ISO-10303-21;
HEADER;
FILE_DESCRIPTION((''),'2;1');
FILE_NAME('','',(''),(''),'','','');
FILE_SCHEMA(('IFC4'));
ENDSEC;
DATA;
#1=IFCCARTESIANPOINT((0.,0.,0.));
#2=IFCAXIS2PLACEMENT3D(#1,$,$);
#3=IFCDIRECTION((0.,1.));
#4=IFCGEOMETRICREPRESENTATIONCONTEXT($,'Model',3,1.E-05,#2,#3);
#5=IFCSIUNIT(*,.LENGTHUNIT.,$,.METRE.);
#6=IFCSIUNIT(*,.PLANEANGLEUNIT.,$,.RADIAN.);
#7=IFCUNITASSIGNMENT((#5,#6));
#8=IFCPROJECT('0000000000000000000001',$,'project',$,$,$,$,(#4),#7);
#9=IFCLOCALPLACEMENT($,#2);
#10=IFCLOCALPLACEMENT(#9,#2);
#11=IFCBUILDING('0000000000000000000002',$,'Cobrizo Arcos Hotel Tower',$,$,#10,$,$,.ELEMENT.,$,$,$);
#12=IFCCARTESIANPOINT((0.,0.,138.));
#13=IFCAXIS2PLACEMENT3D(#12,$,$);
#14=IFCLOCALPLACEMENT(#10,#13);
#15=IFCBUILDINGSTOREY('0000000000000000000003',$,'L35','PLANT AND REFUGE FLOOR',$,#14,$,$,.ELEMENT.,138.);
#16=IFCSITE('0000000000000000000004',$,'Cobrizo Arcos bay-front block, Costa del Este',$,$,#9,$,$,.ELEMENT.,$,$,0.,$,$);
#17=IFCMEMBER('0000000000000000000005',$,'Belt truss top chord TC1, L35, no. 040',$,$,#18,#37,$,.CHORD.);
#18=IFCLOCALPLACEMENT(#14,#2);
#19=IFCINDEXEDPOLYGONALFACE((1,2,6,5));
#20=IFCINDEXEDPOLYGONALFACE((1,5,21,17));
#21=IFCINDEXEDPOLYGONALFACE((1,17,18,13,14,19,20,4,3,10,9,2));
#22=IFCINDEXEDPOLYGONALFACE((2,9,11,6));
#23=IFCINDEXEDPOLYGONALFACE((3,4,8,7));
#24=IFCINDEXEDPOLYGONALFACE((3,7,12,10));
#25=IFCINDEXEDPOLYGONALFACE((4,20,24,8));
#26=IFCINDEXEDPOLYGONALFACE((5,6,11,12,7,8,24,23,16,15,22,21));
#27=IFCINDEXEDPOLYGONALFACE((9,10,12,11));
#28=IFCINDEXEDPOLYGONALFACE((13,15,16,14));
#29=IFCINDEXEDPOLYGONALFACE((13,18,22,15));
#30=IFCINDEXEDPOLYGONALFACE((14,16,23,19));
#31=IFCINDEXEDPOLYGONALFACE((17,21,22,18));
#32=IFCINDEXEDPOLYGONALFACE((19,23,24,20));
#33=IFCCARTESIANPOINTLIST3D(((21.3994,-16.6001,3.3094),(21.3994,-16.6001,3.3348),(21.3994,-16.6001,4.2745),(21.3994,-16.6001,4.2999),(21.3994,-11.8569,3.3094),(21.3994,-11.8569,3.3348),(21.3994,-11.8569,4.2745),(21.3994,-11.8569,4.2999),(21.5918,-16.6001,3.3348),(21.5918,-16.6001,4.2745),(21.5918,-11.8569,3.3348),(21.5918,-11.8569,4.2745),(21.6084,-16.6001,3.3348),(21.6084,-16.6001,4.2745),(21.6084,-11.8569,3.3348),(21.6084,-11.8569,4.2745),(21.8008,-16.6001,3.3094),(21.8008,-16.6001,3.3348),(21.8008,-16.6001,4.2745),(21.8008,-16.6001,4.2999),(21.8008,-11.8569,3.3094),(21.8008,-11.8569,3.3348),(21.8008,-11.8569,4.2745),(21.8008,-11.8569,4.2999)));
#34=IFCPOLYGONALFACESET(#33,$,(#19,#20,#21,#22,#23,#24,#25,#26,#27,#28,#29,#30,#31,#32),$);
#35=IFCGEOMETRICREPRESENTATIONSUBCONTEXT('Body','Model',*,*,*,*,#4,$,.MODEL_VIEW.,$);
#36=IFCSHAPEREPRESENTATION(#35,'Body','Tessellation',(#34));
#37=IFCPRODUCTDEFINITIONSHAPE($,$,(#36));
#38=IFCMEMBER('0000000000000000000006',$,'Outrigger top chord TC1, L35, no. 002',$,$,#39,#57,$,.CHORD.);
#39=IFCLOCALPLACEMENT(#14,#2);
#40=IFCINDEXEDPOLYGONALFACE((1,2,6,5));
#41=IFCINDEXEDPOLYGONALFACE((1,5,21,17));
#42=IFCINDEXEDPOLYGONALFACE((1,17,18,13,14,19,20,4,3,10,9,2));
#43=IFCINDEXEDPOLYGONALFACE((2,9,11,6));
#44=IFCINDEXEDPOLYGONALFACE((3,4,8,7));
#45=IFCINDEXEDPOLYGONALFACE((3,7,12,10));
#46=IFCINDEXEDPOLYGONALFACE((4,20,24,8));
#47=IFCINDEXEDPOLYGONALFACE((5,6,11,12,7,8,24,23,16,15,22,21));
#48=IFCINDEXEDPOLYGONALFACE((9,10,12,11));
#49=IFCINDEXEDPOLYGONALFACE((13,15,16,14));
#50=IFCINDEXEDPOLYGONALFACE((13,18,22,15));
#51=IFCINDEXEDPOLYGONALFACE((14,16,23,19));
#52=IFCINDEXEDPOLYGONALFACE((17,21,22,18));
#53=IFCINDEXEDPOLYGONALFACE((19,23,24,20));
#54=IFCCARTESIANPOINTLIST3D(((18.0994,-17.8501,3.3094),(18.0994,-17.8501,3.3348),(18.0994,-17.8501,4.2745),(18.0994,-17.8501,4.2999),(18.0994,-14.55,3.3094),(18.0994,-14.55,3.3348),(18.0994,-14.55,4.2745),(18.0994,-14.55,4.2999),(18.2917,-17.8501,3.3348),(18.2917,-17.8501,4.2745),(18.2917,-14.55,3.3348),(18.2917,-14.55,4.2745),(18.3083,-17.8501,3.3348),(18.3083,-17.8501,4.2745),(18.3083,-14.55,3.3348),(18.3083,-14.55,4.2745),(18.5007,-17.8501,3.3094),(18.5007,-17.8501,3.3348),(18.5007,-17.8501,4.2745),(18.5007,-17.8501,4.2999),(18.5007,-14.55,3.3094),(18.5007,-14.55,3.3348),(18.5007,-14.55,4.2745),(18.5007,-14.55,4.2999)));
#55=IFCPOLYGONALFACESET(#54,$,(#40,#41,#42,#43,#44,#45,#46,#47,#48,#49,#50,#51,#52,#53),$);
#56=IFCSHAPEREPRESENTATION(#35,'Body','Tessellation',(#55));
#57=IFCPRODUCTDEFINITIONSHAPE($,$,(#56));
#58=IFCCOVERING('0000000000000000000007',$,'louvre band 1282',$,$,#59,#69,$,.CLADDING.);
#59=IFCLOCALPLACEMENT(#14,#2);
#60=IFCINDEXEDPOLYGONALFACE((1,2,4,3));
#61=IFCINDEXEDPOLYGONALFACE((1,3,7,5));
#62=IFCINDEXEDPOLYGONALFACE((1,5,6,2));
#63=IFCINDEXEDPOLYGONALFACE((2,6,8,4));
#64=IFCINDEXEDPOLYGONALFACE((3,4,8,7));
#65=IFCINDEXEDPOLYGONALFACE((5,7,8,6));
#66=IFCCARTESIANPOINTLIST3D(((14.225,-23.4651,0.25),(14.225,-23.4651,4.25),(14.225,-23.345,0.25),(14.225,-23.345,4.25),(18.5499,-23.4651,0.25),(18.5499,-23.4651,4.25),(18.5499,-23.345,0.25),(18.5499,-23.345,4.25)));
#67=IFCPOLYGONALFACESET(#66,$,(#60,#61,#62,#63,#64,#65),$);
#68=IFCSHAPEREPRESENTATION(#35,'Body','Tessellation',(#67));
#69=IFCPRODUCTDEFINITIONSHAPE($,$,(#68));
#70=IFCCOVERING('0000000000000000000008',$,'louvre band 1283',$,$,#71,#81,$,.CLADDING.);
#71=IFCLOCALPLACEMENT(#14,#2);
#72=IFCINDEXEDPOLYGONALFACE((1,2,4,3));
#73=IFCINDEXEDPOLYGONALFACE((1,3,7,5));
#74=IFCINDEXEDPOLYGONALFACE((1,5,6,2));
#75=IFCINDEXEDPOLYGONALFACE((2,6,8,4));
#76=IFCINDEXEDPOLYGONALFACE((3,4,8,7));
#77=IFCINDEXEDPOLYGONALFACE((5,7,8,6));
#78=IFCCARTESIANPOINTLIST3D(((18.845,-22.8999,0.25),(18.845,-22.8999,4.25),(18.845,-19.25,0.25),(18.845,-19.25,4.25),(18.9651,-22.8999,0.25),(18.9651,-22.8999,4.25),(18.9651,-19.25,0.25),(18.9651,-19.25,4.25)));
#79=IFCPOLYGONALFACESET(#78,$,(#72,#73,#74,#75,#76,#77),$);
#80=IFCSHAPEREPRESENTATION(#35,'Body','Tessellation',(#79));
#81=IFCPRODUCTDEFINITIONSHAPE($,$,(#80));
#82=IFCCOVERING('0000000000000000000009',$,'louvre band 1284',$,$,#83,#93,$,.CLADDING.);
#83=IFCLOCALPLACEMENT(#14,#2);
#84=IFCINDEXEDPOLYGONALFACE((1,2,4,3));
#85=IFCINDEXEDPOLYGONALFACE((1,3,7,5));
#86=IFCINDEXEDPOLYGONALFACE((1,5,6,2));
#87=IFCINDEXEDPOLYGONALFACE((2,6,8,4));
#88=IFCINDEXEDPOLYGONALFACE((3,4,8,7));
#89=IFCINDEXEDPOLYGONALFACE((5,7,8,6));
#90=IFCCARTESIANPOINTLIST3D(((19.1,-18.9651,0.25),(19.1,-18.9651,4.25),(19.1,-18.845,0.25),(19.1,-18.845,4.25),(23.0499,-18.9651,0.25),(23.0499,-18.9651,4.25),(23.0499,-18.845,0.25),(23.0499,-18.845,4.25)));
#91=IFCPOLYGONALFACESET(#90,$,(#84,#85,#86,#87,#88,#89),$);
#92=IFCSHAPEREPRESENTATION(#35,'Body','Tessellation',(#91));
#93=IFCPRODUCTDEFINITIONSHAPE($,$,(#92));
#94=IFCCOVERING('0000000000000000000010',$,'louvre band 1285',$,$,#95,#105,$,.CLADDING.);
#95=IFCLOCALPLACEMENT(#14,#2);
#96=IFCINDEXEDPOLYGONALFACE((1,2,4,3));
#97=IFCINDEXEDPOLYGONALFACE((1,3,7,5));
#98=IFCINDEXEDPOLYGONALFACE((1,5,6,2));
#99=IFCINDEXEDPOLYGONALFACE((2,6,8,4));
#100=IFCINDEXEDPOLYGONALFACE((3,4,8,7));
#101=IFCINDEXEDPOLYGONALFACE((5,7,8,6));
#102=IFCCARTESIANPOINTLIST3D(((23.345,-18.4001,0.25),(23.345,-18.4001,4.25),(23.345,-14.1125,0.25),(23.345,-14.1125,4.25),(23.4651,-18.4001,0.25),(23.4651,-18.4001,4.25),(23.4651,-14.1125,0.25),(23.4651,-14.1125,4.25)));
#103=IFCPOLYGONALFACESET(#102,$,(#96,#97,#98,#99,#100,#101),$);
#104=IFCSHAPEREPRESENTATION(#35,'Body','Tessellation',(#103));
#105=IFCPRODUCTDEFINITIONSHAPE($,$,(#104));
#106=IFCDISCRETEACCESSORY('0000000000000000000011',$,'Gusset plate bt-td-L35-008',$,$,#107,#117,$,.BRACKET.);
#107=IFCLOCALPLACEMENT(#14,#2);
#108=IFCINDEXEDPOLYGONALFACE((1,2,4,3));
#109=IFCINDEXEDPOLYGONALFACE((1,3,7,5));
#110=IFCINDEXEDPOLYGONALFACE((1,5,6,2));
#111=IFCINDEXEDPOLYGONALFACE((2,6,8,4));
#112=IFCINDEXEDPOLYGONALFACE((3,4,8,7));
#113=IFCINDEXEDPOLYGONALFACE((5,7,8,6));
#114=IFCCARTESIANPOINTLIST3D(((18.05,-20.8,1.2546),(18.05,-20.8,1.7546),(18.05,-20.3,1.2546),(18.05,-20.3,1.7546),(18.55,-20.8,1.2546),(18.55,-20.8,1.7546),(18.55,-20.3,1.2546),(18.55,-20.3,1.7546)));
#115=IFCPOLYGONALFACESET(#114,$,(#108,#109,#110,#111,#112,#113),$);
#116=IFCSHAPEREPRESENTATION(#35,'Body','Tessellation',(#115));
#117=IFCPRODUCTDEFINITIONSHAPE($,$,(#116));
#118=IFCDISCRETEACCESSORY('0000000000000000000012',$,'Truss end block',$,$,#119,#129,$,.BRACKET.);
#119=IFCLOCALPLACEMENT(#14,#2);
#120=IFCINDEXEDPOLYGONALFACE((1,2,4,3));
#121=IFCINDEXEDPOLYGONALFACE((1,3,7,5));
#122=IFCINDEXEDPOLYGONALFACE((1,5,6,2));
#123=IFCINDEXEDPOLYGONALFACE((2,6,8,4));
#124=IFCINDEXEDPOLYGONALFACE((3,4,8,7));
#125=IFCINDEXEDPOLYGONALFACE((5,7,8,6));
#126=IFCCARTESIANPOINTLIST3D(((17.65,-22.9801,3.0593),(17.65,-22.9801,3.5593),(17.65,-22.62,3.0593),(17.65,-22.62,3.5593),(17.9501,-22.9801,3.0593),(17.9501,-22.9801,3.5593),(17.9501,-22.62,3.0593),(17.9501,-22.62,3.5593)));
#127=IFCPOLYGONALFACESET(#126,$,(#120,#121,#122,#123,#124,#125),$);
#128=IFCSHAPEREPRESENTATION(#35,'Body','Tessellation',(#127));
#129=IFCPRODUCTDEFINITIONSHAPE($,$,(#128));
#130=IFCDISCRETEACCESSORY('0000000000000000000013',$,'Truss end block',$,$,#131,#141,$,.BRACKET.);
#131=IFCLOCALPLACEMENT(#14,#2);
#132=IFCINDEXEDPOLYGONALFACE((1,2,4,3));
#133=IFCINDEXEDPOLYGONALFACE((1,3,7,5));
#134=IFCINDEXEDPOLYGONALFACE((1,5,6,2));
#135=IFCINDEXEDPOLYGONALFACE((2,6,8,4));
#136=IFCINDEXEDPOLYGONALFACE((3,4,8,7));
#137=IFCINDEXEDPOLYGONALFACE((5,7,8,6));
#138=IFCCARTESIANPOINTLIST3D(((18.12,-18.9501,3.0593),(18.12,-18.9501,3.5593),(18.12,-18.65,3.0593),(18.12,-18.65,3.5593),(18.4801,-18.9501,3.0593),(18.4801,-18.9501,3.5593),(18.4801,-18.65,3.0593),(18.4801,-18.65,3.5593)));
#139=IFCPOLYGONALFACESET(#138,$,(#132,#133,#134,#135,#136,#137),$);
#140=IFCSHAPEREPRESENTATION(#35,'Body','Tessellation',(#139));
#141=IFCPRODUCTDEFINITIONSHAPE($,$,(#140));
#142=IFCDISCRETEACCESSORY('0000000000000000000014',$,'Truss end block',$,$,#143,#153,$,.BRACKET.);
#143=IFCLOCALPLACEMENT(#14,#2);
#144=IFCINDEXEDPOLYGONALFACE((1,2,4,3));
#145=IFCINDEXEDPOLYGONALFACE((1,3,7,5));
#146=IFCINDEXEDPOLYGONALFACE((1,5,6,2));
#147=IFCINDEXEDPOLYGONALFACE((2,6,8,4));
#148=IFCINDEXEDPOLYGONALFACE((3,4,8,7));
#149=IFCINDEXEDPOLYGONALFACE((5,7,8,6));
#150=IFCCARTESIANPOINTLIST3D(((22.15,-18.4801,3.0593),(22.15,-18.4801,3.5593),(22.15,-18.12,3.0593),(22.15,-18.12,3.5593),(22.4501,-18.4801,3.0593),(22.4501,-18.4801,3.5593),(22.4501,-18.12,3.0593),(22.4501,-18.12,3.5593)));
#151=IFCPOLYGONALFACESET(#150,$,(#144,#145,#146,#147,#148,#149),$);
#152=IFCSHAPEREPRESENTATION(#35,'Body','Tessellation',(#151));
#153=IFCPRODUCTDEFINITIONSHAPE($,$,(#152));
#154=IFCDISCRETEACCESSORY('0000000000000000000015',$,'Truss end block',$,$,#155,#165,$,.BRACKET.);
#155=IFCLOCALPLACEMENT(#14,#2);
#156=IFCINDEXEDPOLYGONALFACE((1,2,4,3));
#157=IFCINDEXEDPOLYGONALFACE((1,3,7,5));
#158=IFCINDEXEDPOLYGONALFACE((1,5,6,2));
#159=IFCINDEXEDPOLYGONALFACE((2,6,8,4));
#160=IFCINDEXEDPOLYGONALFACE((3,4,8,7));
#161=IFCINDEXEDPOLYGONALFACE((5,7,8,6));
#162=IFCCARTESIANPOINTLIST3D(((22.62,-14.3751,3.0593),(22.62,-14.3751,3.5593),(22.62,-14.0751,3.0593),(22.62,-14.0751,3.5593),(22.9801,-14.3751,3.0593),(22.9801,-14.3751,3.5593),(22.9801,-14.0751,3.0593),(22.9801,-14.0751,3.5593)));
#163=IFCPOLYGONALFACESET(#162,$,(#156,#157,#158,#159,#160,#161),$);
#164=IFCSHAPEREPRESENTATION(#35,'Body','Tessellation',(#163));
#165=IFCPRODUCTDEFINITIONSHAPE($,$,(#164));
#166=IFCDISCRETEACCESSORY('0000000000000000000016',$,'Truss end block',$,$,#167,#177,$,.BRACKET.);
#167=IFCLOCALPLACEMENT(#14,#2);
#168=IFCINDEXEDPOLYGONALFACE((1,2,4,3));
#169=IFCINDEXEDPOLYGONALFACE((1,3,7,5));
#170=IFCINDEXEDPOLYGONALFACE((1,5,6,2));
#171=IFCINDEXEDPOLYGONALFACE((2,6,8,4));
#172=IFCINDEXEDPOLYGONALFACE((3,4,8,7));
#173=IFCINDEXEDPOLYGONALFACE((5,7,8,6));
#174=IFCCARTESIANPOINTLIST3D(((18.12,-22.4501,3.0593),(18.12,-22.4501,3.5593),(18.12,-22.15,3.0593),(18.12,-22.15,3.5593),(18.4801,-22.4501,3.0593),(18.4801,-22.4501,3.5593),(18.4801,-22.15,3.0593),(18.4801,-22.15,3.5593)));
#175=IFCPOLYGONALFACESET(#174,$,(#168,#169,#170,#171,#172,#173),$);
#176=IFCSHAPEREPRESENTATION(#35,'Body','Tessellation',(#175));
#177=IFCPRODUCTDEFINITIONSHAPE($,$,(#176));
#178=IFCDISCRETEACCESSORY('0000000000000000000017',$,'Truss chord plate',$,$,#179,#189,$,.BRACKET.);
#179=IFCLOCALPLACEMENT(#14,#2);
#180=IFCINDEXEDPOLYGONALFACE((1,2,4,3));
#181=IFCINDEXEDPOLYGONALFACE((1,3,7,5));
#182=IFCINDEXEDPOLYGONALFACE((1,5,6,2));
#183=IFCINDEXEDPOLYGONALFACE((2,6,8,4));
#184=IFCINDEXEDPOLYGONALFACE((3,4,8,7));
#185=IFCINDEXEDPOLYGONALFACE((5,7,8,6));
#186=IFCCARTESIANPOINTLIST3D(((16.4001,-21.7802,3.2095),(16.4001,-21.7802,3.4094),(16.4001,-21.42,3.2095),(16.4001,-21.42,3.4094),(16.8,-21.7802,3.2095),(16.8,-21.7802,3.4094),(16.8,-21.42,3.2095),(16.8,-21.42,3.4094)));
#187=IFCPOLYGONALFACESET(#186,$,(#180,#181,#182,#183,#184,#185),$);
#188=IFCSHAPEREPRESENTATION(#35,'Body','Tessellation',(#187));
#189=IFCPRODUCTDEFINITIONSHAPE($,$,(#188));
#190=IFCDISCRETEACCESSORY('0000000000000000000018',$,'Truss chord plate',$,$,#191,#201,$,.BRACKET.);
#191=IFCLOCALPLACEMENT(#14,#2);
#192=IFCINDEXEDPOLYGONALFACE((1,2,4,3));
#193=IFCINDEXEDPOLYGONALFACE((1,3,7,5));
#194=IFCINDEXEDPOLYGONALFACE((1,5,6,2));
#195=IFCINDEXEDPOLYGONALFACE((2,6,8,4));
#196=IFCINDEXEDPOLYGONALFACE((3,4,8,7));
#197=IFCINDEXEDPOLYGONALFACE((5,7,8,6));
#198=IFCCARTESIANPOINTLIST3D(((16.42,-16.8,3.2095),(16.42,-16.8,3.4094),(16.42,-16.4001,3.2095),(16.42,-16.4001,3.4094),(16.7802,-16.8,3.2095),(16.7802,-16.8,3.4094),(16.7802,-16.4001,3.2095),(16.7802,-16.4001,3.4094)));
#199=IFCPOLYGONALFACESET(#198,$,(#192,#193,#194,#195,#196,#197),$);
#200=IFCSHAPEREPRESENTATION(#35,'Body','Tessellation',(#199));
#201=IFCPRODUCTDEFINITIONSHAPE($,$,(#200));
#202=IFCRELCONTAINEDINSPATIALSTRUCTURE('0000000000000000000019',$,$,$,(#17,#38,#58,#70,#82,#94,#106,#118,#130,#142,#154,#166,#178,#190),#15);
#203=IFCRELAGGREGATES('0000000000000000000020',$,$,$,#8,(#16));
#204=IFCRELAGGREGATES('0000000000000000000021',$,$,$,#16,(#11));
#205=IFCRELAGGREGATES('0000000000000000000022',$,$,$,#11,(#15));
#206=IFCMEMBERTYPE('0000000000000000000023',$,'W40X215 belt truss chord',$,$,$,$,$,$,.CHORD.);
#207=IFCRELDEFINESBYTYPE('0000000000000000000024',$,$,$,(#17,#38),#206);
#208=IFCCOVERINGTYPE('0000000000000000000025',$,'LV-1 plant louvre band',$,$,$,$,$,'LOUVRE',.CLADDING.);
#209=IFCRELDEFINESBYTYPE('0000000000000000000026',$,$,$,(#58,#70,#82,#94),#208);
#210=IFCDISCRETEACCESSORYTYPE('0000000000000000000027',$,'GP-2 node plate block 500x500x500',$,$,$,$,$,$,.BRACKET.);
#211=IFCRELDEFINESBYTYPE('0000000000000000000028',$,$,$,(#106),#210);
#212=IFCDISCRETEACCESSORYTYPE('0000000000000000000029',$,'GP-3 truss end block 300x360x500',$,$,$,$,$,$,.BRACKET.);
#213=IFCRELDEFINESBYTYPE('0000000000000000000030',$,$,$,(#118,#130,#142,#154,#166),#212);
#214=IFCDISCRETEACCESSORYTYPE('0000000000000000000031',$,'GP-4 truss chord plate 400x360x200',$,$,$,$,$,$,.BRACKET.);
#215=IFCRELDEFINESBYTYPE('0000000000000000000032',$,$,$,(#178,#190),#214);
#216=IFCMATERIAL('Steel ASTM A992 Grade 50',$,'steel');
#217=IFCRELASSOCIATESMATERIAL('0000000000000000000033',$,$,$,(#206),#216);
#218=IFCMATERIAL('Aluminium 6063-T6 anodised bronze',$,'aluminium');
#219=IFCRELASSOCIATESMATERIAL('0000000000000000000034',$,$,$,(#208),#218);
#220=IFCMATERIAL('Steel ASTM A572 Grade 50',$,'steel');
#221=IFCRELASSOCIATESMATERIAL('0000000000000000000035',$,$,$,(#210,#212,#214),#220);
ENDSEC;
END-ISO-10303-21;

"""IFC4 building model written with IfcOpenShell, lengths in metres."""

from ifc_helpers import new_model, si_unit, direction, frame, origin, origin_2d, place, context, subcontext, project, spatial, rectangle, i_section, extrude, material, material_profile, profile_set, type_object, element, save


model = new_model("IFC4")

# Units and contexts
model_context = context("Model", 3, precision=1e-05, world=origin(), true_north=direction((0.0, 1.0)))
body_context = subcontext(model_context, "Body", "Model", "MODEL_VIEW")
ifc_project = project(units=[si_unit("LENGTHUNIT", "METRE"), si_unit("PLANEANGLEUNIT", "RADIAN")], contexts=[model_context])

# Site, building, storey
site_placement = place(None, origin())
site = spatial("IfcSite", under=ifc_project, at=site_placement, Name="Cobrizo Arcos bay-front block, Costa del Este", CompositionType="ELEMENT", RefElevation=0.0)
building_placement = place(site_placement, origin())
building = spatial("IfcBuilding", under=site, at=building_placement, Name="Cobrizo Arcos Hotel Tower", CompositionType="ELEMENT")
storey_placement = place(building_placement, frame((0.0, 0.0, 138.0)))
storey = spatial("IfcBuildingStorey", under=building, at=storey_placement, Name="L35", Description="PLANT AND REFUGE FLOOR", CompositionType="ELEMENT", Elevation=138.0)

# Shared definitions
ifc_material_1 = material(Name="Aluminium 6063-T6 anodised bronze", Category="aluminium")

# Members
ifc_material_2 = material(Name="Steel ASTM A992 Grade 50", Category="steel")
ifc_material_profile_1 = material_profile(ifc_material_2, i_section(OverallWidth=0.4014, OverallDepth=0.9905, WebThickness=0.0166, FlangeThickness=0.0254, at=origin_2d()), Name="W40X215")
ifc_profile_set_1 = profile_set([ifc_material_profile_1], Name="Steel ASTM A992 Grade 50")
member_type_1 = type_object("IfcMemberType", Name="W40X215 belt truss chord", PredefinedType="CHORD", material=ifc_profile_set_1)
member_1_placement = place(storey_placement, frame((21.6001, -16.6001, 3.8047), z_axis=(0.0, 1.0, 0.0), x_axis=(-1.0, 0.0, 0.0)))
element("IfcMember", 1, at=member_1_placement, inside=storey, type_object=member_type_1, Name="Belt truss top chord TC1, L35, no. 040", PredefinedType="CHORD", context=body_context, shape_type="SweptSolid", body=[
    extrude(i_section(OverallWidth=0.4014, OverallDepth=0.9905, WebThickness=0.0166, FlangeThickness=0.0254, at=origin_2d()), origin(), (0.0, 0.0, 1.0), 4.7432),
])
member_2_placement = place(storey_placement, frame((18.3, -14.55, 3.8047), z_axis=(0.0, -1.0, 0.0), x_axis=(1.0, 0.0, 0.0)))
element("IfcMember", 2, at=member_2_placement, inside=storey, type_object=member_type_1, Name="Outrigger top chord TC1, L35, no. 002", PredefinedType="CHORD", context=body_context, shape_type="SweptSolid", body=[
    extrude(i_section(OverallWidth=0.4014, OverallDepth=0.9905, WebThickness=0.0166, FlangeThickness=0.0254, at=origin_2d()), origin(), (0.0, 0.0, 1.0), 3.3),
])

# Coverings
covering_type = type_object("IfcCoveringType", Name="LV-1 plant louvre band", ElementType="LOUVRE", PredefinedType="CLADDING", material=ifc_material_1)
covering_1_placement = place(storey_placement, frame((16.3875, -23.405, 0.25), z_axis=(0.0, 0.0, 1.0), x_axis=(1.0, 0.0, 0.0)))
element("IfcCovering", 3, at=covering_1_placement, inside=storey, type_object=covering_type, Name="louvre band 1282", PredefinedType="CLADDING", context=body_context, shape_type="SweptSolid", body=[
    extrude(rectangle(XDim=4.325, YDim=0.1201, at=origin_2d()), origin(), (0.0, 0.0, 1.0), 4.0),
])
covering_2_placement = place(storey_placement, frame((18.905, -21.075, 0.25), z_axis=(0.0, 0.0, 1.0), x_axis=(0.0, 1.0, 0.0)))
element("IfcCovering", 4, at=covering_2_placement, inside=storey, type_object=covering_type, Name="louvre band 1283", PredefinedType="CLADDING", context=body_context, shape_type="SweptSolid", body=[
    extrude(rectangle(XDim=3.6499, YDim=0.1201, at=origin_2d()), origin(), (0.0, 0.0, 1.0), 4.0),
])
covering_3_placement = place(storey_placement, frame((21.075, -18.905, 0.25), z_axis=(0.0, 0.0, 1.0), x_axis=(1.0, 0.0, 0.0)))
element("IfcCovering", 5, at=covering_3_placement, inside=storey, type_object=covering_type, Name="louvre band 1284", PredefinedType="CLADDING", context=body_context, shape_type="SweptSolid", body=[
    extrude(rectangle(XDim=3.95, YDim=0.1201, at=origin_2d()), origin(), (0.0, 0.0, 1.0), 4.0),
])
covering_4_placement = place(storey_placement, frame((23.405, -16.2563, 0.25), z_axis=(0.0, 0.0, 1.0), x_axis=(0.0, 1.0, 0.0)))
element("IfcCovering", 6, at=covering_4_placement, inside=storey, type_object=covering_type, Name="louvre band 1285", PredefinedType="CLADDING", context=body_context, shape_type="SweptSolid", body=[
    extrude(rectangle(XDim=4.2876, YDim=0.1201, at=origin_2d()), origin(), (0.0, 0.0, 1.0), 4.0),
])

# Discrete accessories
ifc_material_3 = material(Name="Steel ASTM A572 Grade 50", Category="steel")
discrete_accessory_type_1 = type_object("IfcDiscreteAccessoryType", Name="GP-2 node plate block 500x500x500", PredefinedType="BRACKET", material=ifc_material_3)
discrete_accessory_placement = place(storey_placement, frame((18.3, -20.55, 1.2546), z_axis=(0.0, 0.0, 1.0), x_axis=(1.0, 0.0, 0.0)))
element("IfcDiscreteAccessory", 7, at=discrete_accessory_placement, inside=storey, type_object=discrete_accessory_type_1, Name="Gusset plate bt-td-L35-008", PredefinedType="BRACKET", context=body_context, shape_type="SweptSolid", body=[
    extrude(rectangle(XDim=0.5, YDim=0.5, at=origin_2d()), origin(), (0.0, 0.0, 1.0), 0.5),
])
discrete_accessory_type_2 = type_object("IfcDiscreteAccessoryType", Name="GP-3 truss end block 300x360x500", PredefinedType="BRACKET", material=ifc_material_3)
for number, where, z_axis, x_axis, name in (
    (8, (17.8, -22.8, 3.0593), (0.0, 0.0, 1.0), (-1.0, 0.0, 0.0), "Truss end block"),
    (9, (18.3, -18.8, 3.0593), (0.0, 0.0, 1.0), (0.0, -1.0, 0.0), "Truss end block"),
    (10, (22.3, -18.3, 3.0593), (0.0, 0.0, 1.0), (-1.0, 0.0, 0.0), "Truss end block"),
    (11, (22.8, -14.2251, 3.0593), (0.0, 0.0, 1.0), (0.0, -1.0, 0.0), "Truss end block"),
    (12, (18.3, -22.3, 3.0593), (0.0, 0.0, 1.0), (0.0, 1.0, 0.0), "Truss end block"),
):
    element("IfcDiscreteAccessory", number, at=place(storey_placement, frame(where, z_axis=z_axis, x_axis=x_axis)), inside=storey, type_object=discrete_accessory_type_2, Name=name, PredefinedType="BRACKET", context=body_context, shape_type="SweptSolid", body=[
        extrude(rectangle(XDim=0.3, YDim=0.3601, at=origin_2d()), origin(), (0.0, 0.0, 1.0), 0.5),
    ])
discrete_accessory_type_3 = type_object("IfcDiscreteAccessoryType", Name="GP-4 truss chord plate 400x360x200", PredefinedType="BRACKET", material=ifc_material_3)
for number, where, z_axis, x_axis, name in (
    (13, (16.6001, -21.6001, 3.2095), (0.0, 0.0, 1.0), (1.0, 0.0, 0.0), "Truss chord plate"),
    (14, (16.6001, -16.6001, 3.2095), (0.0, 0.0, 1.0), (0.0, 1.0, 0.0), "Truss chord plate"),
):
    element("IfcDiscreteAccessory", number, at=place(storey_placement, frame(where, z_axis=z_axis, x_axis=x_axis)), inside=storey, type_object=discrete_accessory_type_3, Name=name, PredefinedType="BRACKET", context=body_context, shape_type="SweptSolid", body=[
        extrude(rectangle(XDim=0.3999, YDim=0.3601, at=origin_2d()), origin(), (0.0, 0.0, 1.0), 0.2),
    ])

save(model, "model.ifc")
